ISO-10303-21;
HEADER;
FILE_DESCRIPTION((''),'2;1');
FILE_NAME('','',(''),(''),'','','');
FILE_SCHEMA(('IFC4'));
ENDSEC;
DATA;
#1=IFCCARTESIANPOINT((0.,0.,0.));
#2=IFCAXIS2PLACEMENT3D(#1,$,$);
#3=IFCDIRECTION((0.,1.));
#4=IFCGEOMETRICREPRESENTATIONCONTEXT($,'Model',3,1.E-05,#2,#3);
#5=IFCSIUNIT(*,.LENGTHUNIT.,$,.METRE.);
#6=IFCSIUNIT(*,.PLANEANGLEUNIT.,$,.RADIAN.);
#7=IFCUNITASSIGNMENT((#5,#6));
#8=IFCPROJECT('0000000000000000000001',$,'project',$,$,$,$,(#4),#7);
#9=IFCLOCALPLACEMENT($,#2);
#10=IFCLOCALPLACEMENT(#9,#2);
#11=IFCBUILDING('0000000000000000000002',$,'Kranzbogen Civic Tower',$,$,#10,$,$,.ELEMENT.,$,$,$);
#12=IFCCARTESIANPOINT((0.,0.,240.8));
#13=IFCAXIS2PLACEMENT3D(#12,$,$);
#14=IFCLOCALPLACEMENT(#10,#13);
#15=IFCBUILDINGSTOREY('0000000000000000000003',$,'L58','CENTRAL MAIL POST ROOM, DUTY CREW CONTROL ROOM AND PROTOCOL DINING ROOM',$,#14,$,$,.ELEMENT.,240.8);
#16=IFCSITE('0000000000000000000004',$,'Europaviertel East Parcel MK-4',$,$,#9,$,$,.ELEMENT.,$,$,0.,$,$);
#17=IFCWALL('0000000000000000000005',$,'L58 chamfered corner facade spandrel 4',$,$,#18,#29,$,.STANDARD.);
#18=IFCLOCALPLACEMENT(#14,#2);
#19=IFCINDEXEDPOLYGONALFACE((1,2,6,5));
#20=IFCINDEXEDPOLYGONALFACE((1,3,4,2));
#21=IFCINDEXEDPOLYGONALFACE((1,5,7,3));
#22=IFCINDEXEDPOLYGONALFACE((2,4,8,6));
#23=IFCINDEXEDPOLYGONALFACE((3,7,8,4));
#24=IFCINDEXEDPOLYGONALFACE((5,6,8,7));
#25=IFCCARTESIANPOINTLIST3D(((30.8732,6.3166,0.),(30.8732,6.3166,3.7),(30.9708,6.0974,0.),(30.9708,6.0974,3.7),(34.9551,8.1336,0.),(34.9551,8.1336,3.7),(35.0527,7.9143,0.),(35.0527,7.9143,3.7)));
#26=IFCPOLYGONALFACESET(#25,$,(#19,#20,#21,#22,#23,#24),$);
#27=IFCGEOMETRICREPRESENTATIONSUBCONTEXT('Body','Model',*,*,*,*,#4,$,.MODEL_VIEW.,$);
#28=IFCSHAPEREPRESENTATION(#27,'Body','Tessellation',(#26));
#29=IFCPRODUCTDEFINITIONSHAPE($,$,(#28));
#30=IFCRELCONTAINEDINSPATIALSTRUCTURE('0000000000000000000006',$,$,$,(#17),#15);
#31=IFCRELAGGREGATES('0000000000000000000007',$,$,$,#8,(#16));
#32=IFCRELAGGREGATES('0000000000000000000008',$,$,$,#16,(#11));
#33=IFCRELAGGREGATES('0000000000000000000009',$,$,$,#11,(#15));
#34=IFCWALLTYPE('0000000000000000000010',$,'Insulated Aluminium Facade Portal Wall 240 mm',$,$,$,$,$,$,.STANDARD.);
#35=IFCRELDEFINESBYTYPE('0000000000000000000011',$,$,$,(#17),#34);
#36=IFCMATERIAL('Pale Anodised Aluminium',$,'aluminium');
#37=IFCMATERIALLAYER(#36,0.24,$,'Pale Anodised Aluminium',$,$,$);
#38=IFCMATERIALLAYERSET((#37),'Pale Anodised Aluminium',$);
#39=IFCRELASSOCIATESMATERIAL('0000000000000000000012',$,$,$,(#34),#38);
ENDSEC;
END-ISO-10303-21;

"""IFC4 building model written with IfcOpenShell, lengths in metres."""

from ifc_helpers import new_model, si_unit, direction, frame, frame_2d, origin, place, context, subcontext, project, spatial, rectangle, extrude, material, layer, layer_set, type_object, element, save


model = new_model("IFC4")

# Units and contexts
model_context = context("Model", 3, precision=1e-05, world=origin(), true_north=direction((0.0, 1.0)))
body_context = subcontext(model_context, "Body", "Model", "MODEL_VIEW")
ifc_project = project(units=[si_unit("LENGTHUNIT", "METRE"), si_unit("PLANEANGLEUNIT", "RADIAN")], contexts=[model_context])

# Site, building, storey
site_placement = place(None, origin())
site = spatial("IfcSite", under=ifc_project, at=site_placement, Name="Europaviertel East Parcel MK-4", CompositionType="ELEMENT", RefElevation=0.0)
building_placement = place(site_placement, origin())
building = spatial("IfcBuilding", under=site, at=building_placement, Name="Kranzbogen Civic Tower", CompositionType="ELEMENT")
storey_placement = place(building_placement, frame((0.0, 0.0, 240.8)))
storey = spatial("IfcBuildingStorey", under=building, at=storey_placement, Name="L58", Description="CENTRAL MAIL POST ROOM, DUTY CREW CONTROL ROOM AND PROTOCOL DINING ROOM", CompositionType="ELEMENT", Elevation=240.8)

# Shared definitions
ifc_material_1 = material(Name="Pale Anodised Aluminium", Category="aluminium")

# Wall
ifc_layer_1 = layer(ifc_material_1, 0.24, Name="Pale Anodised Aluminium")
ifc_layer_set_1 = layer_set([ifc_layer_1], Name="Pale Anodised Aluminium")
wall_type_1 = type_object("IfcWallType", Name="Insulated Aluminium Facade Portal Wall 240 mm", PredefinedType="STANDARD", material=ifc_layer_set_1)
wall_1_placement = place(storey_placement, frame((30.9221, 6.207, 0.0), z_axis=(0.0, 0.0, 1.0), x_axis=(0.913582, 0.406656, 0.0)))
element("IfcWall", 1, at=wall_1_placement, inside=storey, type_object=wall_type_1, Name="L58 chamfered corner facade spandrel 4", PredefinedType="STANDARD", context=body_context, shape_type="SweptSolid", body=[
    extrude(rectangle(XDim=4.468, YDim=0.24, at=frame_2d((2.2339, 0.0))), origin(), (0.0, 0.0, 1.0), 3.7),
])

save(model, "model.ifc")
